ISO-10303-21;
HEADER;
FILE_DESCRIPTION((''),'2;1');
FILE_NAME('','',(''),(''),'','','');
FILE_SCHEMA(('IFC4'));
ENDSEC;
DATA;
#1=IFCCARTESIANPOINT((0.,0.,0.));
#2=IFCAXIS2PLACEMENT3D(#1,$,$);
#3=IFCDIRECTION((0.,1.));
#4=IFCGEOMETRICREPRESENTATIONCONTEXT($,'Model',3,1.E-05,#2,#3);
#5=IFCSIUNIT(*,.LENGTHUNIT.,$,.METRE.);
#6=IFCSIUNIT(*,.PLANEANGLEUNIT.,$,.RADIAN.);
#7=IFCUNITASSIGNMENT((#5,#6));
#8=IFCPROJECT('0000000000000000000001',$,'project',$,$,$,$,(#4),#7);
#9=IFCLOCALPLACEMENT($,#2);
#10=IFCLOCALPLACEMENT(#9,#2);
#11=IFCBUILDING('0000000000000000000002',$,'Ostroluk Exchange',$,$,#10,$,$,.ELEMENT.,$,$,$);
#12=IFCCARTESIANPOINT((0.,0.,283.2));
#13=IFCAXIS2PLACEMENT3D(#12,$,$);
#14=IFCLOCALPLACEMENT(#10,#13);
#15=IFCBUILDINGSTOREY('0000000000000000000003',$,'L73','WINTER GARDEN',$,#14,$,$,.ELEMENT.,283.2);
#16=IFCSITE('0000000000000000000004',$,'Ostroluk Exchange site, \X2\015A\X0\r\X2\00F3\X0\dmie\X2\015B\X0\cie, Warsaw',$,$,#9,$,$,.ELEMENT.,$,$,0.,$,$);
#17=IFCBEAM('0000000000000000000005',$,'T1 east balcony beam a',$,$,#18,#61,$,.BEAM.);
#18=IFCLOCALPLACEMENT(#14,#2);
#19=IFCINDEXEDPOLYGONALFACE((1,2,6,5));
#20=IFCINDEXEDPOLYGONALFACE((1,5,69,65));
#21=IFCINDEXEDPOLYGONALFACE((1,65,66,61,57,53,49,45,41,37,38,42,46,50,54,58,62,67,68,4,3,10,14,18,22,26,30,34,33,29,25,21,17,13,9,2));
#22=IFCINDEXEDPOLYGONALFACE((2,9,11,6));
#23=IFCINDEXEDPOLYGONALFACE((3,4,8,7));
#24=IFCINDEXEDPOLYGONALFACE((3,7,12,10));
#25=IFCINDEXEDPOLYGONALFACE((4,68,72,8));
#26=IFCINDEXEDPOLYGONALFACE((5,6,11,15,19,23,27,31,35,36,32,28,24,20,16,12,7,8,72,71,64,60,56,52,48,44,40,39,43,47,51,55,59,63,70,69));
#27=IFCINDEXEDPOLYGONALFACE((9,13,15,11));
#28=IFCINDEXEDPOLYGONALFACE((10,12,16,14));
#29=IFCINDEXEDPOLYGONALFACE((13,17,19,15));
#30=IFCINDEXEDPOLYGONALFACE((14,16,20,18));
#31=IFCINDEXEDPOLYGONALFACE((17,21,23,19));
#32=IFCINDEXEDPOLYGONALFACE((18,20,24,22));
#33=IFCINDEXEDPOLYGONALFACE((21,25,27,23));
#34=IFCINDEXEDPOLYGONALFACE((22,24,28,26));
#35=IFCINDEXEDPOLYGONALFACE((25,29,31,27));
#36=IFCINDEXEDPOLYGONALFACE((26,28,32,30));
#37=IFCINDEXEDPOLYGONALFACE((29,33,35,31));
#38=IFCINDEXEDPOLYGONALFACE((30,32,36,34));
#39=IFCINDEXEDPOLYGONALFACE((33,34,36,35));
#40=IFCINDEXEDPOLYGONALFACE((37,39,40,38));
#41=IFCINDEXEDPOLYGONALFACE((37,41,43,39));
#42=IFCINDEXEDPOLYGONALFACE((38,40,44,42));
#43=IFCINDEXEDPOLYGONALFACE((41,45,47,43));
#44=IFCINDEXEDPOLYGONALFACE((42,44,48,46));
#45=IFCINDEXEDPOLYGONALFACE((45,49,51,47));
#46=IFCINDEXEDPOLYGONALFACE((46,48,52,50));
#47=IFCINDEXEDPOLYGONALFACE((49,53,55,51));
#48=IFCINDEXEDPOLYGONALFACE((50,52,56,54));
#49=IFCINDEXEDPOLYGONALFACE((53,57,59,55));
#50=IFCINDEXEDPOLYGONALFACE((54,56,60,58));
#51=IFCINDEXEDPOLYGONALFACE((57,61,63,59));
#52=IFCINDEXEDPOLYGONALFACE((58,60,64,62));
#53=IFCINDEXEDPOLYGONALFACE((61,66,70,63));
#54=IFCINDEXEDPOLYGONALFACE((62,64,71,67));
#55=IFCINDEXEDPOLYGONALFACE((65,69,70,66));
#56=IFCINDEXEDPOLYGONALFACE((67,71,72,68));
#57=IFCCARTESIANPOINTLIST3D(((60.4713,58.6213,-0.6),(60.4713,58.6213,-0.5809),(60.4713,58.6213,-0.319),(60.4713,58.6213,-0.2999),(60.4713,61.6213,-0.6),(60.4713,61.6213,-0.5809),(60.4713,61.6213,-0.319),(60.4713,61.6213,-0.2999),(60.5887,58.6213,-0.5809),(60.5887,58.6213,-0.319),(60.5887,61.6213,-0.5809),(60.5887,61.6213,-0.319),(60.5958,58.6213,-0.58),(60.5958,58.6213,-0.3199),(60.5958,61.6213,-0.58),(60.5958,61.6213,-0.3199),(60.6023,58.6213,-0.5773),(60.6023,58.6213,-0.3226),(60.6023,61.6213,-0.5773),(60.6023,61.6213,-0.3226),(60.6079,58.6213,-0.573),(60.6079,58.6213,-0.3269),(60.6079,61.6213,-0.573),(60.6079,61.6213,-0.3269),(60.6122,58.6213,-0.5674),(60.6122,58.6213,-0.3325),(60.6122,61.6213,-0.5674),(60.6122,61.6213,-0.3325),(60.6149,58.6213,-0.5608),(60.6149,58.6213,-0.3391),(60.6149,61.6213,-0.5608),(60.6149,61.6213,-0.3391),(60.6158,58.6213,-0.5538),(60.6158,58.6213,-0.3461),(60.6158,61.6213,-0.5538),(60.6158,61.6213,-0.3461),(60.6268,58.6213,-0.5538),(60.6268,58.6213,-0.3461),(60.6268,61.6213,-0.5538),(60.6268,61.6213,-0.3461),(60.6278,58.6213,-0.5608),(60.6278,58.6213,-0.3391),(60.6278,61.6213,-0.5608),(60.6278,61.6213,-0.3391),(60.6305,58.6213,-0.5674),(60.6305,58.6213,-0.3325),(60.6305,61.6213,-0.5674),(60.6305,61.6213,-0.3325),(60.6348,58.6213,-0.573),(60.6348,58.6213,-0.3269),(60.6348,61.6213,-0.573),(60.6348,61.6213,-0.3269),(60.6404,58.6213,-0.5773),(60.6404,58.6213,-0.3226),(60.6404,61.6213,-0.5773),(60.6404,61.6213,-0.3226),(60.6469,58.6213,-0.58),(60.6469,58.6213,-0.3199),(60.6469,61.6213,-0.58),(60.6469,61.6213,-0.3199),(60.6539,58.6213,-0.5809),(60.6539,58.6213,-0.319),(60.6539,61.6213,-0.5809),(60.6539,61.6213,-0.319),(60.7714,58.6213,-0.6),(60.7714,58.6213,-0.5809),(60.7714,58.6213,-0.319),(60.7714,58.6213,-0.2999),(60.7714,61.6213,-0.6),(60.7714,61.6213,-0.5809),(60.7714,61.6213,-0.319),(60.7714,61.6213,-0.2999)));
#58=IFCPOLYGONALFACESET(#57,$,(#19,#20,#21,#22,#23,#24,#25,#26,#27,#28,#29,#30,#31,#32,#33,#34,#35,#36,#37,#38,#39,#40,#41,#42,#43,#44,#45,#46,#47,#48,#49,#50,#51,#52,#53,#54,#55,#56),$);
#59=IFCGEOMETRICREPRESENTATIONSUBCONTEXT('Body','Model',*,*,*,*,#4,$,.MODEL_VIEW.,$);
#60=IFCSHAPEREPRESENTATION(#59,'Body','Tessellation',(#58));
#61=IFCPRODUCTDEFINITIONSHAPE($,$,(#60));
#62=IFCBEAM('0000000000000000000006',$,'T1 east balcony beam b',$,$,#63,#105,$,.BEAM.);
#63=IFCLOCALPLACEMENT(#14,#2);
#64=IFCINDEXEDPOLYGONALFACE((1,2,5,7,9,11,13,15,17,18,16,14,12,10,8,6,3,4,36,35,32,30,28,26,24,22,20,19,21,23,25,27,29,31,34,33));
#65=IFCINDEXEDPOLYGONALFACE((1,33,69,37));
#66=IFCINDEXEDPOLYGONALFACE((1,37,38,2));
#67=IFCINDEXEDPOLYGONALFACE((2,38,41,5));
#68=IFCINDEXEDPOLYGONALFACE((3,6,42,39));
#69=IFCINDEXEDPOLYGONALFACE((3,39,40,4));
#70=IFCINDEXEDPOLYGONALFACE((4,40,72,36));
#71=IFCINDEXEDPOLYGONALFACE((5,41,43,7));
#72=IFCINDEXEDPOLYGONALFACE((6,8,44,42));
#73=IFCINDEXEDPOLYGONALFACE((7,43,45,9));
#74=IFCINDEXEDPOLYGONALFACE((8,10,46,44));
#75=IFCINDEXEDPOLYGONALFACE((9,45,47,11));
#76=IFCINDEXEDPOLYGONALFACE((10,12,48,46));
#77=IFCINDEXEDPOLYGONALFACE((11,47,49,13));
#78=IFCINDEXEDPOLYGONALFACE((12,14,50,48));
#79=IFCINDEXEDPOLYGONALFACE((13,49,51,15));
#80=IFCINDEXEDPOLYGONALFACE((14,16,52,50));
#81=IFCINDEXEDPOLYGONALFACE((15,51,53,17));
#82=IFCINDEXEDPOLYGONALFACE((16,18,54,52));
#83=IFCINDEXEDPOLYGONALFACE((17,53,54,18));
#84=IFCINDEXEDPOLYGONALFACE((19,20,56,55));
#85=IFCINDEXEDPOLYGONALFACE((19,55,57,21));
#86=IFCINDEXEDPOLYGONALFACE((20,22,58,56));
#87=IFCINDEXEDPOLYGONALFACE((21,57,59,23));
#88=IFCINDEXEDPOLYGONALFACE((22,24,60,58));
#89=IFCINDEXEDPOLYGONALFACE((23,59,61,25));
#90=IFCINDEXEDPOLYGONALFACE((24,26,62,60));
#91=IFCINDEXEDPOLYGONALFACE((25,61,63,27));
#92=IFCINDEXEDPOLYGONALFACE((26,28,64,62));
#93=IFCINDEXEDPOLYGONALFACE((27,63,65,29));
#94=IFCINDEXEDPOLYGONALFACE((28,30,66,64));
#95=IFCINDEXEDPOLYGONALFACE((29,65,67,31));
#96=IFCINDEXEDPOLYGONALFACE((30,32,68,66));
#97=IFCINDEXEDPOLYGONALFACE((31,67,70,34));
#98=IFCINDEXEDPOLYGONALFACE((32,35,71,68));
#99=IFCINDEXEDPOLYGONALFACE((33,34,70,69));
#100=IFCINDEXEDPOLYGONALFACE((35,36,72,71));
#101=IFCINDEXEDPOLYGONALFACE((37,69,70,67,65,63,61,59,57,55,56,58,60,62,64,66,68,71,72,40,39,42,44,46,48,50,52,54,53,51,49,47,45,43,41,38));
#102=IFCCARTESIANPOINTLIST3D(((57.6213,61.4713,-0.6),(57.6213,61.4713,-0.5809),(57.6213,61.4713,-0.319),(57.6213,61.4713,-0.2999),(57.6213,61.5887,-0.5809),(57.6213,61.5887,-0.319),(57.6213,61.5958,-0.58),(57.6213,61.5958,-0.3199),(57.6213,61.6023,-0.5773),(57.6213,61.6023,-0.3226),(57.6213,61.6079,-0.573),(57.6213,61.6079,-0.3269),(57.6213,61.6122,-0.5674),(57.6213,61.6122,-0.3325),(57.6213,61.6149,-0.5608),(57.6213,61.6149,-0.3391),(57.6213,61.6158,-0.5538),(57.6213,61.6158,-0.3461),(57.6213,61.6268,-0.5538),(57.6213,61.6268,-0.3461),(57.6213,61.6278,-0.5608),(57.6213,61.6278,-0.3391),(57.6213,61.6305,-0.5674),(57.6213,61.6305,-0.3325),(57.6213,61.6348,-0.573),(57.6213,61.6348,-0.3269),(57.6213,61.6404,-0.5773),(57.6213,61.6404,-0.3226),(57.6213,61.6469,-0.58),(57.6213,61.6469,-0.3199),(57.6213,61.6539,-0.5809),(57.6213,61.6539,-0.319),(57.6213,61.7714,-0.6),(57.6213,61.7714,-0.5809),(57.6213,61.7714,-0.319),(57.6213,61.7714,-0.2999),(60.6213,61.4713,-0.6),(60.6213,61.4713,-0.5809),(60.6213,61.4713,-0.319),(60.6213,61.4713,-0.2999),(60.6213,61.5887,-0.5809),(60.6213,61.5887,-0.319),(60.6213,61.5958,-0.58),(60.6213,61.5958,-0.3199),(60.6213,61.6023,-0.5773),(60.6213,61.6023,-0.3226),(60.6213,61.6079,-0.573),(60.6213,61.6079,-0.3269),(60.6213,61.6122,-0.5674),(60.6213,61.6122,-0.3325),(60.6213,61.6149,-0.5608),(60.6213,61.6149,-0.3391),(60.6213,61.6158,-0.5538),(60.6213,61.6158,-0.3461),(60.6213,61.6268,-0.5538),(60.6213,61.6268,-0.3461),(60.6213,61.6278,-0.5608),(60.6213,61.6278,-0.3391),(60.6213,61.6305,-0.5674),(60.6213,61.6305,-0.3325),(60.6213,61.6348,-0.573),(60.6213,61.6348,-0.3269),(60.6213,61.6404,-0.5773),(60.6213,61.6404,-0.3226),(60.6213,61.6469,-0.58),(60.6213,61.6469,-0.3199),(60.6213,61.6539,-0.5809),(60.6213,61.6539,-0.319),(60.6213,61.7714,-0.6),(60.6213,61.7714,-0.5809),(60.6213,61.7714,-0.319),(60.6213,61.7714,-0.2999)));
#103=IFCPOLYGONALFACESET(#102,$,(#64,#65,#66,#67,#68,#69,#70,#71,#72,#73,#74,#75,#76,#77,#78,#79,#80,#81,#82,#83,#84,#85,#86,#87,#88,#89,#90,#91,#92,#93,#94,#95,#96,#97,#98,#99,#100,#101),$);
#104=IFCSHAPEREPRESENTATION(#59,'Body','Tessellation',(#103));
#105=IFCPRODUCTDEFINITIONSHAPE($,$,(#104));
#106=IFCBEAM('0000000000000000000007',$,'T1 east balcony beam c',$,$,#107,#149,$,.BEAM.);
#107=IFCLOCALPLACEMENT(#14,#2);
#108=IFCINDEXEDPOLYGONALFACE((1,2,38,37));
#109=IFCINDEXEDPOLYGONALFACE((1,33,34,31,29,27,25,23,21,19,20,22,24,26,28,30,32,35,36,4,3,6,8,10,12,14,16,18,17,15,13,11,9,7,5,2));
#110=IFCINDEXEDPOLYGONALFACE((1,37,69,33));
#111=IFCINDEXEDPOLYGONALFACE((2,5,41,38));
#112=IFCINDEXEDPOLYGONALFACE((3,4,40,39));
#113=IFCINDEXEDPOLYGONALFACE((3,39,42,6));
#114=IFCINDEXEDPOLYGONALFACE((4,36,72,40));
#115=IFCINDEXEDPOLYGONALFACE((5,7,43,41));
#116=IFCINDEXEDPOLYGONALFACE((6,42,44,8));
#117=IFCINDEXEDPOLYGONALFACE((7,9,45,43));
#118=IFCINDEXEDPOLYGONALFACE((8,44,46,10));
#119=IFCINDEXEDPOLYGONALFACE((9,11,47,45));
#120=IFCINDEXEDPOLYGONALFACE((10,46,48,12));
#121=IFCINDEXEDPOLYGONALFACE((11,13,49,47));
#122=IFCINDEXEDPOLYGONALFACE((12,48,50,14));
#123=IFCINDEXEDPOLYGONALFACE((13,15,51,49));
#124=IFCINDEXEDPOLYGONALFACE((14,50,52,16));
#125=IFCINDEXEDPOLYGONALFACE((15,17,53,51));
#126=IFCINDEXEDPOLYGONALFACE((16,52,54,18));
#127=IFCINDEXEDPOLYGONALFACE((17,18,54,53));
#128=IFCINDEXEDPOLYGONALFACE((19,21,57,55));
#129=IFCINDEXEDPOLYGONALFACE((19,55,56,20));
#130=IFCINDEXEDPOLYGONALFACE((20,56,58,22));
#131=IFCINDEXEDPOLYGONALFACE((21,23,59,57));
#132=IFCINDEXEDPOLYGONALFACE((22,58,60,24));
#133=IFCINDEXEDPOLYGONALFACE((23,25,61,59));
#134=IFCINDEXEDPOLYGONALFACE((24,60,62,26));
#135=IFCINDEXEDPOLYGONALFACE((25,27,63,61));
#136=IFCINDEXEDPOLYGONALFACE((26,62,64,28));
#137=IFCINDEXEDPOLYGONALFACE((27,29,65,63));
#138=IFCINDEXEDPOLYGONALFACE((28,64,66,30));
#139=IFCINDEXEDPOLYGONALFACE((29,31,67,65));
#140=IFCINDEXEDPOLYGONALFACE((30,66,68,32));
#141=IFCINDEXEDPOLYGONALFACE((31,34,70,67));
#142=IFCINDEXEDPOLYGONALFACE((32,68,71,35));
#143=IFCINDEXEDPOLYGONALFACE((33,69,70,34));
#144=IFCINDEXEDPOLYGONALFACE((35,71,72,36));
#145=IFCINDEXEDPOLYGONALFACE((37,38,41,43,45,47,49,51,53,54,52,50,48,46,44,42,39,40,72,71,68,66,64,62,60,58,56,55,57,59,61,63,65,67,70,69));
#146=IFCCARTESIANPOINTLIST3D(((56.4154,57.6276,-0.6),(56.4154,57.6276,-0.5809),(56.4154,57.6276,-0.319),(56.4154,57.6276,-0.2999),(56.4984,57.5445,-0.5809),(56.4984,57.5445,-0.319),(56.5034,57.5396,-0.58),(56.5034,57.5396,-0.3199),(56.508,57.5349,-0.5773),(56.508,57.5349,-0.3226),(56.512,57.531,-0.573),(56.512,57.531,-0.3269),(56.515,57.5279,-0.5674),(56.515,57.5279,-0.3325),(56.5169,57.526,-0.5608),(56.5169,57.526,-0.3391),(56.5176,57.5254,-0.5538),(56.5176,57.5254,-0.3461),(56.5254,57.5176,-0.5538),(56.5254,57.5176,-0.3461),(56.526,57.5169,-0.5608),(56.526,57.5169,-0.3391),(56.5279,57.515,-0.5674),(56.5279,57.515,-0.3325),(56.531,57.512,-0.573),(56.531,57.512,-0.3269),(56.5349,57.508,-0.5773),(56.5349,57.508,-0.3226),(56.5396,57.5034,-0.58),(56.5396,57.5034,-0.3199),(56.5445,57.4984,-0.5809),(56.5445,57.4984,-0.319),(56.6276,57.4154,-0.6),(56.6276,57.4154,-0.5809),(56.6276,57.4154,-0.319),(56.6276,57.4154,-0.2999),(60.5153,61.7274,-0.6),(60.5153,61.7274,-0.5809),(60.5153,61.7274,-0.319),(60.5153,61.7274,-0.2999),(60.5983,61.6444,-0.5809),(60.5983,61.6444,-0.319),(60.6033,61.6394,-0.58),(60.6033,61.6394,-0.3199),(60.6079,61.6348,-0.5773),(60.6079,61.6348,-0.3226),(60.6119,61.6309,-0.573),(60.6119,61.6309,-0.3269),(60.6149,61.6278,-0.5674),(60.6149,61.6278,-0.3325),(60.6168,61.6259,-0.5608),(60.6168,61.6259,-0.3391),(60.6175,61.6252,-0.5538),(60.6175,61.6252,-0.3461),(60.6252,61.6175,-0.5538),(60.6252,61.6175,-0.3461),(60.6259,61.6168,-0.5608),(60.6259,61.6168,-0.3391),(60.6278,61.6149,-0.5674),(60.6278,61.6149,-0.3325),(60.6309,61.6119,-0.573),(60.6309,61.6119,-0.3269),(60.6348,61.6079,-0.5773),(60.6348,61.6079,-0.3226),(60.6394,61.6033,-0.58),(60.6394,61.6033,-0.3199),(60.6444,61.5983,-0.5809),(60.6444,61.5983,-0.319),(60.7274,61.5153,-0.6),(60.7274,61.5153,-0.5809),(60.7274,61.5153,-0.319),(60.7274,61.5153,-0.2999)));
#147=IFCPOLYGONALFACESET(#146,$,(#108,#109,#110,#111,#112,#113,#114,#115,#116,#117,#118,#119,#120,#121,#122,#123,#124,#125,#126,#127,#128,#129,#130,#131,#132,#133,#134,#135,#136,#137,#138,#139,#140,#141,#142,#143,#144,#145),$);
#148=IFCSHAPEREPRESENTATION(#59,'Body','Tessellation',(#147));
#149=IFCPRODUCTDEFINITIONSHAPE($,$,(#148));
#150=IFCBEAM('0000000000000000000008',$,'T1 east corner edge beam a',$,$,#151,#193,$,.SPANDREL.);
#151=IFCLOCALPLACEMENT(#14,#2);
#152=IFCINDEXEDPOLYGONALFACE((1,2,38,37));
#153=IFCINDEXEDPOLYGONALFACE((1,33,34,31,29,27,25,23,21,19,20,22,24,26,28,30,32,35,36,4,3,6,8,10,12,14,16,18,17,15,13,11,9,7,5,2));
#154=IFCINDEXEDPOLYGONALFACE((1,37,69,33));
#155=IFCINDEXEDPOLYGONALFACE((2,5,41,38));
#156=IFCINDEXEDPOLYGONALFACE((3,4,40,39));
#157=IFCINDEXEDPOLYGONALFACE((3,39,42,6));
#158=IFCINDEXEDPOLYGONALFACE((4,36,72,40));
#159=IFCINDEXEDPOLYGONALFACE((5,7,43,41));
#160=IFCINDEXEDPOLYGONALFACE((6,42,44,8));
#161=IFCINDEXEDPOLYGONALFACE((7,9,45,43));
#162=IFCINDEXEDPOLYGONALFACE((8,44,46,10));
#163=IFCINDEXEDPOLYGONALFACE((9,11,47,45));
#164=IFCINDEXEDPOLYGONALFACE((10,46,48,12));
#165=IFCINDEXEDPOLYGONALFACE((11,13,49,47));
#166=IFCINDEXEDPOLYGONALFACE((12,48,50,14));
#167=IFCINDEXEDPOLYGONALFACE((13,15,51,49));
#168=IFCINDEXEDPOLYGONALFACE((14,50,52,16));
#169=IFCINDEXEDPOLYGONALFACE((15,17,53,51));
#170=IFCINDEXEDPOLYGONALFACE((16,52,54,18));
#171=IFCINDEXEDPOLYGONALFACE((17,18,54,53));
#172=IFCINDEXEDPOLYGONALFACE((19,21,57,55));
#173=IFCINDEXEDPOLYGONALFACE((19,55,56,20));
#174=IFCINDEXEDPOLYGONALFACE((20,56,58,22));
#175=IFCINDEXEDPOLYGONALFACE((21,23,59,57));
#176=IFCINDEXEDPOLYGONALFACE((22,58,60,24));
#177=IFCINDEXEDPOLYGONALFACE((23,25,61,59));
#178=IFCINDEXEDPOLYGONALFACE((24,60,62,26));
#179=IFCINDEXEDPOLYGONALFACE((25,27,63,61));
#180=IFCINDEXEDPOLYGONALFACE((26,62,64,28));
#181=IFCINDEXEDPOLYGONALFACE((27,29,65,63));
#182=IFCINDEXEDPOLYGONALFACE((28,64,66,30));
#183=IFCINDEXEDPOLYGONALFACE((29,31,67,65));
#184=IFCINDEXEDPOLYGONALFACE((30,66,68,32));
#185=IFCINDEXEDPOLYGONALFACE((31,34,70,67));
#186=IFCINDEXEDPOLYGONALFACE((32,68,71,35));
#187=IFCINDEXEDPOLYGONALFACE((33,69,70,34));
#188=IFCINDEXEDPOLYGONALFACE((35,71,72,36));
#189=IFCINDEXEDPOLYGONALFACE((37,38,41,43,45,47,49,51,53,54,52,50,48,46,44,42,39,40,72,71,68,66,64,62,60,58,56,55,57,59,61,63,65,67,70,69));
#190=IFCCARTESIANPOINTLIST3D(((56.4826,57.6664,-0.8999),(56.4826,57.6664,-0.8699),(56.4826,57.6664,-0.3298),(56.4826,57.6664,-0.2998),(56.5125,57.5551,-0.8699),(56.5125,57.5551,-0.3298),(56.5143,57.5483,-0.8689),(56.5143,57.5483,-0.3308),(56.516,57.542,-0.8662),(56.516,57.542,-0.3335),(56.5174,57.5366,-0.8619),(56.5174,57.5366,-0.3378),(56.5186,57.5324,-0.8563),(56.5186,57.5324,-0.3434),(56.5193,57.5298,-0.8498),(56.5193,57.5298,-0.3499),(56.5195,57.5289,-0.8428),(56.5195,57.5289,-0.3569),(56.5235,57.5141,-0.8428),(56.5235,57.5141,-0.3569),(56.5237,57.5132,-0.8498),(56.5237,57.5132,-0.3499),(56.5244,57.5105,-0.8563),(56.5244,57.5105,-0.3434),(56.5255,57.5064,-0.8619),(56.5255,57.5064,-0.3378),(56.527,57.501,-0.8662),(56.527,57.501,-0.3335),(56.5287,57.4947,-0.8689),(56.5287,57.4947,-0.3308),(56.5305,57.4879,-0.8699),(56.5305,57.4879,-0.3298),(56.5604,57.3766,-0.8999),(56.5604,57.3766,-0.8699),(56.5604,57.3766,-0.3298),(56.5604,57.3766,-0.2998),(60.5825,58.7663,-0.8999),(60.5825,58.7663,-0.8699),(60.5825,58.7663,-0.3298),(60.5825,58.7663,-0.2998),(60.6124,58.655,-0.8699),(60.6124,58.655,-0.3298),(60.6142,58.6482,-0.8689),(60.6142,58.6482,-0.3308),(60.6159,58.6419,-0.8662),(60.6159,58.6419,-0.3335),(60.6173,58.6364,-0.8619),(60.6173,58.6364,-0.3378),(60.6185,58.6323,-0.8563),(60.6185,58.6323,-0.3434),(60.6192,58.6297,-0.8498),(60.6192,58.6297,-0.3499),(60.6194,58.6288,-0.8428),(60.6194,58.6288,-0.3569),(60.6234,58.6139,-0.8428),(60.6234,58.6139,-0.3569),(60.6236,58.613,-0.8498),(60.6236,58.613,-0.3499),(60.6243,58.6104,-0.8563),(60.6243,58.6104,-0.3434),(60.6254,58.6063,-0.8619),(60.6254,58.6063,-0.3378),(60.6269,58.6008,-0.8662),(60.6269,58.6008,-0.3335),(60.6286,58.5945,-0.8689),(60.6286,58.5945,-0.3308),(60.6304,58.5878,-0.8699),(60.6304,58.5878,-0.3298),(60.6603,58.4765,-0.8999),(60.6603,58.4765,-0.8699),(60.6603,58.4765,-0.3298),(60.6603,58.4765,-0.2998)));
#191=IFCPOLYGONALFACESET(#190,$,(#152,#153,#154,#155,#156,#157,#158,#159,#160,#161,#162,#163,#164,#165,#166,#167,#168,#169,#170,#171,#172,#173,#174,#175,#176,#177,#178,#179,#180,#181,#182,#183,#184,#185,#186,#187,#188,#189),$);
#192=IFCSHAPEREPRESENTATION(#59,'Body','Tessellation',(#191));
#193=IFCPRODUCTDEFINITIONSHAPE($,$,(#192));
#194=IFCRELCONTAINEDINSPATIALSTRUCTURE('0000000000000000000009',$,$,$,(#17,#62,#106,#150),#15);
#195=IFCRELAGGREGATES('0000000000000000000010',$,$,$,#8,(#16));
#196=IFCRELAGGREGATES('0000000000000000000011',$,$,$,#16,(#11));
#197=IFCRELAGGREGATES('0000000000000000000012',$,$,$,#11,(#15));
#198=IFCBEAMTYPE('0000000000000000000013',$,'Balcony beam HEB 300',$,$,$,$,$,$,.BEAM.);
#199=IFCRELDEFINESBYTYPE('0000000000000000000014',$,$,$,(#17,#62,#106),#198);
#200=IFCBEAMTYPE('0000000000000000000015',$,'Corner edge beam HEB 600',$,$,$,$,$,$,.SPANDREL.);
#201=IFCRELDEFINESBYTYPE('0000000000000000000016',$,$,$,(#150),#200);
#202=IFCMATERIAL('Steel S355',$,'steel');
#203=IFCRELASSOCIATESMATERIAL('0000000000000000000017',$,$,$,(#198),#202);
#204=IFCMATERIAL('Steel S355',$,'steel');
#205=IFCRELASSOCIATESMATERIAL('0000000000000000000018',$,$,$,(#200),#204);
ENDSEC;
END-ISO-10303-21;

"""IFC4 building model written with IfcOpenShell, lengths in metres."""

from ifc_helpers import new_model, si_unit, direction, frame, origin, origin_2d, place, context, subcontext, project, spatial, i_section, extrude, material, material_profile, profile_set, type_object, element, save


model = new_model("IFC4")

# Units and contexts
model_context = context("Model", 3, precision=1e-05, world=origin(), true_north=direction((0.0, 1.0)))
body_context = subcontext(model_context, "Body", "Model", "MODEL_VIEW")
ifc_project = project(units=[si_unit("LENGTHUNIT", "METRE"), si_unit("PLANEANGLEUNIT", "RADIAN")], contexts=[model_context])

# Site, building, storey
site_placement = place(None, origin())
site = spatial("IfcSite", under=ifc_project, at=site_placement, Name="Ostroluk Exchange site, Śródmieście, Warsaw", CompositionType="ELEMENT", RefElevation=0.0)
building_placement = place(site_placement, origin())
building = spatial("IfcBuilding", under=site, at=building_placement, Name="Ostroluk Exchange", CompositionType="ELEMENT")
storey_placement = place(building_placement, frame((0.0, 0.0, 283.2)))
storey = spatial("IfcBuildingStorey", under=building, at=storey_placement, Name="L73", Description="WINTER GARDEN", CompositionType="ELEMENT", Elevation=283.2)

# Beams
ifc_material_1 = material(Name="Steel S355", Category="steel")
ifc_material_profile_1 = material_profile(ifc_material_1, i_section(OverallWidth=0.3, OverallDepth=0.3, WebThickness=0.011, FlangeThickness=0.019, FilletRadius=0.0271, at=origin_2d()), Name="HEB 300")
ifc_profile_set_1 = profile_set([ifc_material_profile_1], Name="Steel S355")
beam_type_1 = type_object("IfcBeamType", Name="Balcony beam HEB 300", PredefinedType="BEAM", material=ifc_profile_set_1)
for number, where, z_axis, x_axis, name in (
    (1, (60.6213, 58.6213, -0.45), (0.0, 1.0, 0.0), (-1.0, 0.0, 0.0), "T1 east balcony beam a"),
    (2, (57.6213, 61.6213, -0.45), (1.0, 0.0, 0.0), (0.0, 1.0, 0.0), "T1 east balcony beam b"),
):
    element("IfcBeam", number, at=place(storey_placement, frame(where, z_axis=z_axis, x_axis=x_axis)), inside=storey, type_object=beam_type_1, Name=name, PredefinedType="BEAM", context=body_context, shape_type="SweptSolid", body=[
        extrude(i_section(OverallWidth=0.3, OverallDepth=0.3, WebThickness=0.011, FlangeThickness=0.019, FilletRadius=0.0271, at=origin_2d()), origin(), (0.0, 0.0, 1.0), 3.0),
    ])
beam_1_placement = place(storey_placement, frame((56.5215, 57.5215, -0.45), z_axis=(0.707107, 0.707107, 0.0), x_axis=(-0.707107, 0.707107, 0.0)))
element("IfcBeam", 3, at=beam_1_placement, inside=storey, type_object=beam_type_1, Name="T1 east balcony beam c", PredefinedType="BEAM", context=body_context, shape_type="SweptSolid", body=[
    extrude(i_section(OverallWidth=0.3, OverallDepth=0.3, WebThickness=0.011, FlangeThickness=0.019, FilletRadius=0.0271, at=origin_2d()), origin(), (0.0, 0.0, 1.0), 5.7981),
])
ifc_material_2 = material(Name="Steel S355", Category="steel")
ifc_material_profile_2 = material_profile(ifc_material_2, i_section(OverallWidth=0.3, OverallDepth=0.6001, WebThickness=0.0154, FlangeThickness=0.03, FilletRadius=0.0271, at=origin_2d()), Name="HEB 600")
ifc_profile_set_2 = profile_set([ifc_material_profile_2], Name="Steel S355")
beam_type_2 = type_object("IfcBeamType", Name="Corner edge beam HEB 600", PredefinedType="SPANDREL", material=ifc_profile_set_2)
for number, where, z_axis, x_axis, name in (
    (4, (56.5215, 57.5215, -0.5999), (0.965849, 0.259105, 0.0), (-0.259105, 0.965849, 0.0), "T1 east corner edge beam a"),
):
    element("IfcBeam", number, at=place(storey_placement, frame(where, z_axis=z_axis, x_axis=x_axis)), inside=storey, type_object=beam_type_2, Name=name, PredefinedType="SPANDREL", context=body_context, shape_type="SweptSolid", body=[
        extrude(i_section(OverallWidth=0.3, OverallDepth=0.6001, WebThickness=0.0154, FlangeThickness=0.03, FilletRadius=0.0271, at=origin_2d()), origin(), (0.0, 0.0, 1.0), 4.2449),
    ])

save(model, "model.ifc")
